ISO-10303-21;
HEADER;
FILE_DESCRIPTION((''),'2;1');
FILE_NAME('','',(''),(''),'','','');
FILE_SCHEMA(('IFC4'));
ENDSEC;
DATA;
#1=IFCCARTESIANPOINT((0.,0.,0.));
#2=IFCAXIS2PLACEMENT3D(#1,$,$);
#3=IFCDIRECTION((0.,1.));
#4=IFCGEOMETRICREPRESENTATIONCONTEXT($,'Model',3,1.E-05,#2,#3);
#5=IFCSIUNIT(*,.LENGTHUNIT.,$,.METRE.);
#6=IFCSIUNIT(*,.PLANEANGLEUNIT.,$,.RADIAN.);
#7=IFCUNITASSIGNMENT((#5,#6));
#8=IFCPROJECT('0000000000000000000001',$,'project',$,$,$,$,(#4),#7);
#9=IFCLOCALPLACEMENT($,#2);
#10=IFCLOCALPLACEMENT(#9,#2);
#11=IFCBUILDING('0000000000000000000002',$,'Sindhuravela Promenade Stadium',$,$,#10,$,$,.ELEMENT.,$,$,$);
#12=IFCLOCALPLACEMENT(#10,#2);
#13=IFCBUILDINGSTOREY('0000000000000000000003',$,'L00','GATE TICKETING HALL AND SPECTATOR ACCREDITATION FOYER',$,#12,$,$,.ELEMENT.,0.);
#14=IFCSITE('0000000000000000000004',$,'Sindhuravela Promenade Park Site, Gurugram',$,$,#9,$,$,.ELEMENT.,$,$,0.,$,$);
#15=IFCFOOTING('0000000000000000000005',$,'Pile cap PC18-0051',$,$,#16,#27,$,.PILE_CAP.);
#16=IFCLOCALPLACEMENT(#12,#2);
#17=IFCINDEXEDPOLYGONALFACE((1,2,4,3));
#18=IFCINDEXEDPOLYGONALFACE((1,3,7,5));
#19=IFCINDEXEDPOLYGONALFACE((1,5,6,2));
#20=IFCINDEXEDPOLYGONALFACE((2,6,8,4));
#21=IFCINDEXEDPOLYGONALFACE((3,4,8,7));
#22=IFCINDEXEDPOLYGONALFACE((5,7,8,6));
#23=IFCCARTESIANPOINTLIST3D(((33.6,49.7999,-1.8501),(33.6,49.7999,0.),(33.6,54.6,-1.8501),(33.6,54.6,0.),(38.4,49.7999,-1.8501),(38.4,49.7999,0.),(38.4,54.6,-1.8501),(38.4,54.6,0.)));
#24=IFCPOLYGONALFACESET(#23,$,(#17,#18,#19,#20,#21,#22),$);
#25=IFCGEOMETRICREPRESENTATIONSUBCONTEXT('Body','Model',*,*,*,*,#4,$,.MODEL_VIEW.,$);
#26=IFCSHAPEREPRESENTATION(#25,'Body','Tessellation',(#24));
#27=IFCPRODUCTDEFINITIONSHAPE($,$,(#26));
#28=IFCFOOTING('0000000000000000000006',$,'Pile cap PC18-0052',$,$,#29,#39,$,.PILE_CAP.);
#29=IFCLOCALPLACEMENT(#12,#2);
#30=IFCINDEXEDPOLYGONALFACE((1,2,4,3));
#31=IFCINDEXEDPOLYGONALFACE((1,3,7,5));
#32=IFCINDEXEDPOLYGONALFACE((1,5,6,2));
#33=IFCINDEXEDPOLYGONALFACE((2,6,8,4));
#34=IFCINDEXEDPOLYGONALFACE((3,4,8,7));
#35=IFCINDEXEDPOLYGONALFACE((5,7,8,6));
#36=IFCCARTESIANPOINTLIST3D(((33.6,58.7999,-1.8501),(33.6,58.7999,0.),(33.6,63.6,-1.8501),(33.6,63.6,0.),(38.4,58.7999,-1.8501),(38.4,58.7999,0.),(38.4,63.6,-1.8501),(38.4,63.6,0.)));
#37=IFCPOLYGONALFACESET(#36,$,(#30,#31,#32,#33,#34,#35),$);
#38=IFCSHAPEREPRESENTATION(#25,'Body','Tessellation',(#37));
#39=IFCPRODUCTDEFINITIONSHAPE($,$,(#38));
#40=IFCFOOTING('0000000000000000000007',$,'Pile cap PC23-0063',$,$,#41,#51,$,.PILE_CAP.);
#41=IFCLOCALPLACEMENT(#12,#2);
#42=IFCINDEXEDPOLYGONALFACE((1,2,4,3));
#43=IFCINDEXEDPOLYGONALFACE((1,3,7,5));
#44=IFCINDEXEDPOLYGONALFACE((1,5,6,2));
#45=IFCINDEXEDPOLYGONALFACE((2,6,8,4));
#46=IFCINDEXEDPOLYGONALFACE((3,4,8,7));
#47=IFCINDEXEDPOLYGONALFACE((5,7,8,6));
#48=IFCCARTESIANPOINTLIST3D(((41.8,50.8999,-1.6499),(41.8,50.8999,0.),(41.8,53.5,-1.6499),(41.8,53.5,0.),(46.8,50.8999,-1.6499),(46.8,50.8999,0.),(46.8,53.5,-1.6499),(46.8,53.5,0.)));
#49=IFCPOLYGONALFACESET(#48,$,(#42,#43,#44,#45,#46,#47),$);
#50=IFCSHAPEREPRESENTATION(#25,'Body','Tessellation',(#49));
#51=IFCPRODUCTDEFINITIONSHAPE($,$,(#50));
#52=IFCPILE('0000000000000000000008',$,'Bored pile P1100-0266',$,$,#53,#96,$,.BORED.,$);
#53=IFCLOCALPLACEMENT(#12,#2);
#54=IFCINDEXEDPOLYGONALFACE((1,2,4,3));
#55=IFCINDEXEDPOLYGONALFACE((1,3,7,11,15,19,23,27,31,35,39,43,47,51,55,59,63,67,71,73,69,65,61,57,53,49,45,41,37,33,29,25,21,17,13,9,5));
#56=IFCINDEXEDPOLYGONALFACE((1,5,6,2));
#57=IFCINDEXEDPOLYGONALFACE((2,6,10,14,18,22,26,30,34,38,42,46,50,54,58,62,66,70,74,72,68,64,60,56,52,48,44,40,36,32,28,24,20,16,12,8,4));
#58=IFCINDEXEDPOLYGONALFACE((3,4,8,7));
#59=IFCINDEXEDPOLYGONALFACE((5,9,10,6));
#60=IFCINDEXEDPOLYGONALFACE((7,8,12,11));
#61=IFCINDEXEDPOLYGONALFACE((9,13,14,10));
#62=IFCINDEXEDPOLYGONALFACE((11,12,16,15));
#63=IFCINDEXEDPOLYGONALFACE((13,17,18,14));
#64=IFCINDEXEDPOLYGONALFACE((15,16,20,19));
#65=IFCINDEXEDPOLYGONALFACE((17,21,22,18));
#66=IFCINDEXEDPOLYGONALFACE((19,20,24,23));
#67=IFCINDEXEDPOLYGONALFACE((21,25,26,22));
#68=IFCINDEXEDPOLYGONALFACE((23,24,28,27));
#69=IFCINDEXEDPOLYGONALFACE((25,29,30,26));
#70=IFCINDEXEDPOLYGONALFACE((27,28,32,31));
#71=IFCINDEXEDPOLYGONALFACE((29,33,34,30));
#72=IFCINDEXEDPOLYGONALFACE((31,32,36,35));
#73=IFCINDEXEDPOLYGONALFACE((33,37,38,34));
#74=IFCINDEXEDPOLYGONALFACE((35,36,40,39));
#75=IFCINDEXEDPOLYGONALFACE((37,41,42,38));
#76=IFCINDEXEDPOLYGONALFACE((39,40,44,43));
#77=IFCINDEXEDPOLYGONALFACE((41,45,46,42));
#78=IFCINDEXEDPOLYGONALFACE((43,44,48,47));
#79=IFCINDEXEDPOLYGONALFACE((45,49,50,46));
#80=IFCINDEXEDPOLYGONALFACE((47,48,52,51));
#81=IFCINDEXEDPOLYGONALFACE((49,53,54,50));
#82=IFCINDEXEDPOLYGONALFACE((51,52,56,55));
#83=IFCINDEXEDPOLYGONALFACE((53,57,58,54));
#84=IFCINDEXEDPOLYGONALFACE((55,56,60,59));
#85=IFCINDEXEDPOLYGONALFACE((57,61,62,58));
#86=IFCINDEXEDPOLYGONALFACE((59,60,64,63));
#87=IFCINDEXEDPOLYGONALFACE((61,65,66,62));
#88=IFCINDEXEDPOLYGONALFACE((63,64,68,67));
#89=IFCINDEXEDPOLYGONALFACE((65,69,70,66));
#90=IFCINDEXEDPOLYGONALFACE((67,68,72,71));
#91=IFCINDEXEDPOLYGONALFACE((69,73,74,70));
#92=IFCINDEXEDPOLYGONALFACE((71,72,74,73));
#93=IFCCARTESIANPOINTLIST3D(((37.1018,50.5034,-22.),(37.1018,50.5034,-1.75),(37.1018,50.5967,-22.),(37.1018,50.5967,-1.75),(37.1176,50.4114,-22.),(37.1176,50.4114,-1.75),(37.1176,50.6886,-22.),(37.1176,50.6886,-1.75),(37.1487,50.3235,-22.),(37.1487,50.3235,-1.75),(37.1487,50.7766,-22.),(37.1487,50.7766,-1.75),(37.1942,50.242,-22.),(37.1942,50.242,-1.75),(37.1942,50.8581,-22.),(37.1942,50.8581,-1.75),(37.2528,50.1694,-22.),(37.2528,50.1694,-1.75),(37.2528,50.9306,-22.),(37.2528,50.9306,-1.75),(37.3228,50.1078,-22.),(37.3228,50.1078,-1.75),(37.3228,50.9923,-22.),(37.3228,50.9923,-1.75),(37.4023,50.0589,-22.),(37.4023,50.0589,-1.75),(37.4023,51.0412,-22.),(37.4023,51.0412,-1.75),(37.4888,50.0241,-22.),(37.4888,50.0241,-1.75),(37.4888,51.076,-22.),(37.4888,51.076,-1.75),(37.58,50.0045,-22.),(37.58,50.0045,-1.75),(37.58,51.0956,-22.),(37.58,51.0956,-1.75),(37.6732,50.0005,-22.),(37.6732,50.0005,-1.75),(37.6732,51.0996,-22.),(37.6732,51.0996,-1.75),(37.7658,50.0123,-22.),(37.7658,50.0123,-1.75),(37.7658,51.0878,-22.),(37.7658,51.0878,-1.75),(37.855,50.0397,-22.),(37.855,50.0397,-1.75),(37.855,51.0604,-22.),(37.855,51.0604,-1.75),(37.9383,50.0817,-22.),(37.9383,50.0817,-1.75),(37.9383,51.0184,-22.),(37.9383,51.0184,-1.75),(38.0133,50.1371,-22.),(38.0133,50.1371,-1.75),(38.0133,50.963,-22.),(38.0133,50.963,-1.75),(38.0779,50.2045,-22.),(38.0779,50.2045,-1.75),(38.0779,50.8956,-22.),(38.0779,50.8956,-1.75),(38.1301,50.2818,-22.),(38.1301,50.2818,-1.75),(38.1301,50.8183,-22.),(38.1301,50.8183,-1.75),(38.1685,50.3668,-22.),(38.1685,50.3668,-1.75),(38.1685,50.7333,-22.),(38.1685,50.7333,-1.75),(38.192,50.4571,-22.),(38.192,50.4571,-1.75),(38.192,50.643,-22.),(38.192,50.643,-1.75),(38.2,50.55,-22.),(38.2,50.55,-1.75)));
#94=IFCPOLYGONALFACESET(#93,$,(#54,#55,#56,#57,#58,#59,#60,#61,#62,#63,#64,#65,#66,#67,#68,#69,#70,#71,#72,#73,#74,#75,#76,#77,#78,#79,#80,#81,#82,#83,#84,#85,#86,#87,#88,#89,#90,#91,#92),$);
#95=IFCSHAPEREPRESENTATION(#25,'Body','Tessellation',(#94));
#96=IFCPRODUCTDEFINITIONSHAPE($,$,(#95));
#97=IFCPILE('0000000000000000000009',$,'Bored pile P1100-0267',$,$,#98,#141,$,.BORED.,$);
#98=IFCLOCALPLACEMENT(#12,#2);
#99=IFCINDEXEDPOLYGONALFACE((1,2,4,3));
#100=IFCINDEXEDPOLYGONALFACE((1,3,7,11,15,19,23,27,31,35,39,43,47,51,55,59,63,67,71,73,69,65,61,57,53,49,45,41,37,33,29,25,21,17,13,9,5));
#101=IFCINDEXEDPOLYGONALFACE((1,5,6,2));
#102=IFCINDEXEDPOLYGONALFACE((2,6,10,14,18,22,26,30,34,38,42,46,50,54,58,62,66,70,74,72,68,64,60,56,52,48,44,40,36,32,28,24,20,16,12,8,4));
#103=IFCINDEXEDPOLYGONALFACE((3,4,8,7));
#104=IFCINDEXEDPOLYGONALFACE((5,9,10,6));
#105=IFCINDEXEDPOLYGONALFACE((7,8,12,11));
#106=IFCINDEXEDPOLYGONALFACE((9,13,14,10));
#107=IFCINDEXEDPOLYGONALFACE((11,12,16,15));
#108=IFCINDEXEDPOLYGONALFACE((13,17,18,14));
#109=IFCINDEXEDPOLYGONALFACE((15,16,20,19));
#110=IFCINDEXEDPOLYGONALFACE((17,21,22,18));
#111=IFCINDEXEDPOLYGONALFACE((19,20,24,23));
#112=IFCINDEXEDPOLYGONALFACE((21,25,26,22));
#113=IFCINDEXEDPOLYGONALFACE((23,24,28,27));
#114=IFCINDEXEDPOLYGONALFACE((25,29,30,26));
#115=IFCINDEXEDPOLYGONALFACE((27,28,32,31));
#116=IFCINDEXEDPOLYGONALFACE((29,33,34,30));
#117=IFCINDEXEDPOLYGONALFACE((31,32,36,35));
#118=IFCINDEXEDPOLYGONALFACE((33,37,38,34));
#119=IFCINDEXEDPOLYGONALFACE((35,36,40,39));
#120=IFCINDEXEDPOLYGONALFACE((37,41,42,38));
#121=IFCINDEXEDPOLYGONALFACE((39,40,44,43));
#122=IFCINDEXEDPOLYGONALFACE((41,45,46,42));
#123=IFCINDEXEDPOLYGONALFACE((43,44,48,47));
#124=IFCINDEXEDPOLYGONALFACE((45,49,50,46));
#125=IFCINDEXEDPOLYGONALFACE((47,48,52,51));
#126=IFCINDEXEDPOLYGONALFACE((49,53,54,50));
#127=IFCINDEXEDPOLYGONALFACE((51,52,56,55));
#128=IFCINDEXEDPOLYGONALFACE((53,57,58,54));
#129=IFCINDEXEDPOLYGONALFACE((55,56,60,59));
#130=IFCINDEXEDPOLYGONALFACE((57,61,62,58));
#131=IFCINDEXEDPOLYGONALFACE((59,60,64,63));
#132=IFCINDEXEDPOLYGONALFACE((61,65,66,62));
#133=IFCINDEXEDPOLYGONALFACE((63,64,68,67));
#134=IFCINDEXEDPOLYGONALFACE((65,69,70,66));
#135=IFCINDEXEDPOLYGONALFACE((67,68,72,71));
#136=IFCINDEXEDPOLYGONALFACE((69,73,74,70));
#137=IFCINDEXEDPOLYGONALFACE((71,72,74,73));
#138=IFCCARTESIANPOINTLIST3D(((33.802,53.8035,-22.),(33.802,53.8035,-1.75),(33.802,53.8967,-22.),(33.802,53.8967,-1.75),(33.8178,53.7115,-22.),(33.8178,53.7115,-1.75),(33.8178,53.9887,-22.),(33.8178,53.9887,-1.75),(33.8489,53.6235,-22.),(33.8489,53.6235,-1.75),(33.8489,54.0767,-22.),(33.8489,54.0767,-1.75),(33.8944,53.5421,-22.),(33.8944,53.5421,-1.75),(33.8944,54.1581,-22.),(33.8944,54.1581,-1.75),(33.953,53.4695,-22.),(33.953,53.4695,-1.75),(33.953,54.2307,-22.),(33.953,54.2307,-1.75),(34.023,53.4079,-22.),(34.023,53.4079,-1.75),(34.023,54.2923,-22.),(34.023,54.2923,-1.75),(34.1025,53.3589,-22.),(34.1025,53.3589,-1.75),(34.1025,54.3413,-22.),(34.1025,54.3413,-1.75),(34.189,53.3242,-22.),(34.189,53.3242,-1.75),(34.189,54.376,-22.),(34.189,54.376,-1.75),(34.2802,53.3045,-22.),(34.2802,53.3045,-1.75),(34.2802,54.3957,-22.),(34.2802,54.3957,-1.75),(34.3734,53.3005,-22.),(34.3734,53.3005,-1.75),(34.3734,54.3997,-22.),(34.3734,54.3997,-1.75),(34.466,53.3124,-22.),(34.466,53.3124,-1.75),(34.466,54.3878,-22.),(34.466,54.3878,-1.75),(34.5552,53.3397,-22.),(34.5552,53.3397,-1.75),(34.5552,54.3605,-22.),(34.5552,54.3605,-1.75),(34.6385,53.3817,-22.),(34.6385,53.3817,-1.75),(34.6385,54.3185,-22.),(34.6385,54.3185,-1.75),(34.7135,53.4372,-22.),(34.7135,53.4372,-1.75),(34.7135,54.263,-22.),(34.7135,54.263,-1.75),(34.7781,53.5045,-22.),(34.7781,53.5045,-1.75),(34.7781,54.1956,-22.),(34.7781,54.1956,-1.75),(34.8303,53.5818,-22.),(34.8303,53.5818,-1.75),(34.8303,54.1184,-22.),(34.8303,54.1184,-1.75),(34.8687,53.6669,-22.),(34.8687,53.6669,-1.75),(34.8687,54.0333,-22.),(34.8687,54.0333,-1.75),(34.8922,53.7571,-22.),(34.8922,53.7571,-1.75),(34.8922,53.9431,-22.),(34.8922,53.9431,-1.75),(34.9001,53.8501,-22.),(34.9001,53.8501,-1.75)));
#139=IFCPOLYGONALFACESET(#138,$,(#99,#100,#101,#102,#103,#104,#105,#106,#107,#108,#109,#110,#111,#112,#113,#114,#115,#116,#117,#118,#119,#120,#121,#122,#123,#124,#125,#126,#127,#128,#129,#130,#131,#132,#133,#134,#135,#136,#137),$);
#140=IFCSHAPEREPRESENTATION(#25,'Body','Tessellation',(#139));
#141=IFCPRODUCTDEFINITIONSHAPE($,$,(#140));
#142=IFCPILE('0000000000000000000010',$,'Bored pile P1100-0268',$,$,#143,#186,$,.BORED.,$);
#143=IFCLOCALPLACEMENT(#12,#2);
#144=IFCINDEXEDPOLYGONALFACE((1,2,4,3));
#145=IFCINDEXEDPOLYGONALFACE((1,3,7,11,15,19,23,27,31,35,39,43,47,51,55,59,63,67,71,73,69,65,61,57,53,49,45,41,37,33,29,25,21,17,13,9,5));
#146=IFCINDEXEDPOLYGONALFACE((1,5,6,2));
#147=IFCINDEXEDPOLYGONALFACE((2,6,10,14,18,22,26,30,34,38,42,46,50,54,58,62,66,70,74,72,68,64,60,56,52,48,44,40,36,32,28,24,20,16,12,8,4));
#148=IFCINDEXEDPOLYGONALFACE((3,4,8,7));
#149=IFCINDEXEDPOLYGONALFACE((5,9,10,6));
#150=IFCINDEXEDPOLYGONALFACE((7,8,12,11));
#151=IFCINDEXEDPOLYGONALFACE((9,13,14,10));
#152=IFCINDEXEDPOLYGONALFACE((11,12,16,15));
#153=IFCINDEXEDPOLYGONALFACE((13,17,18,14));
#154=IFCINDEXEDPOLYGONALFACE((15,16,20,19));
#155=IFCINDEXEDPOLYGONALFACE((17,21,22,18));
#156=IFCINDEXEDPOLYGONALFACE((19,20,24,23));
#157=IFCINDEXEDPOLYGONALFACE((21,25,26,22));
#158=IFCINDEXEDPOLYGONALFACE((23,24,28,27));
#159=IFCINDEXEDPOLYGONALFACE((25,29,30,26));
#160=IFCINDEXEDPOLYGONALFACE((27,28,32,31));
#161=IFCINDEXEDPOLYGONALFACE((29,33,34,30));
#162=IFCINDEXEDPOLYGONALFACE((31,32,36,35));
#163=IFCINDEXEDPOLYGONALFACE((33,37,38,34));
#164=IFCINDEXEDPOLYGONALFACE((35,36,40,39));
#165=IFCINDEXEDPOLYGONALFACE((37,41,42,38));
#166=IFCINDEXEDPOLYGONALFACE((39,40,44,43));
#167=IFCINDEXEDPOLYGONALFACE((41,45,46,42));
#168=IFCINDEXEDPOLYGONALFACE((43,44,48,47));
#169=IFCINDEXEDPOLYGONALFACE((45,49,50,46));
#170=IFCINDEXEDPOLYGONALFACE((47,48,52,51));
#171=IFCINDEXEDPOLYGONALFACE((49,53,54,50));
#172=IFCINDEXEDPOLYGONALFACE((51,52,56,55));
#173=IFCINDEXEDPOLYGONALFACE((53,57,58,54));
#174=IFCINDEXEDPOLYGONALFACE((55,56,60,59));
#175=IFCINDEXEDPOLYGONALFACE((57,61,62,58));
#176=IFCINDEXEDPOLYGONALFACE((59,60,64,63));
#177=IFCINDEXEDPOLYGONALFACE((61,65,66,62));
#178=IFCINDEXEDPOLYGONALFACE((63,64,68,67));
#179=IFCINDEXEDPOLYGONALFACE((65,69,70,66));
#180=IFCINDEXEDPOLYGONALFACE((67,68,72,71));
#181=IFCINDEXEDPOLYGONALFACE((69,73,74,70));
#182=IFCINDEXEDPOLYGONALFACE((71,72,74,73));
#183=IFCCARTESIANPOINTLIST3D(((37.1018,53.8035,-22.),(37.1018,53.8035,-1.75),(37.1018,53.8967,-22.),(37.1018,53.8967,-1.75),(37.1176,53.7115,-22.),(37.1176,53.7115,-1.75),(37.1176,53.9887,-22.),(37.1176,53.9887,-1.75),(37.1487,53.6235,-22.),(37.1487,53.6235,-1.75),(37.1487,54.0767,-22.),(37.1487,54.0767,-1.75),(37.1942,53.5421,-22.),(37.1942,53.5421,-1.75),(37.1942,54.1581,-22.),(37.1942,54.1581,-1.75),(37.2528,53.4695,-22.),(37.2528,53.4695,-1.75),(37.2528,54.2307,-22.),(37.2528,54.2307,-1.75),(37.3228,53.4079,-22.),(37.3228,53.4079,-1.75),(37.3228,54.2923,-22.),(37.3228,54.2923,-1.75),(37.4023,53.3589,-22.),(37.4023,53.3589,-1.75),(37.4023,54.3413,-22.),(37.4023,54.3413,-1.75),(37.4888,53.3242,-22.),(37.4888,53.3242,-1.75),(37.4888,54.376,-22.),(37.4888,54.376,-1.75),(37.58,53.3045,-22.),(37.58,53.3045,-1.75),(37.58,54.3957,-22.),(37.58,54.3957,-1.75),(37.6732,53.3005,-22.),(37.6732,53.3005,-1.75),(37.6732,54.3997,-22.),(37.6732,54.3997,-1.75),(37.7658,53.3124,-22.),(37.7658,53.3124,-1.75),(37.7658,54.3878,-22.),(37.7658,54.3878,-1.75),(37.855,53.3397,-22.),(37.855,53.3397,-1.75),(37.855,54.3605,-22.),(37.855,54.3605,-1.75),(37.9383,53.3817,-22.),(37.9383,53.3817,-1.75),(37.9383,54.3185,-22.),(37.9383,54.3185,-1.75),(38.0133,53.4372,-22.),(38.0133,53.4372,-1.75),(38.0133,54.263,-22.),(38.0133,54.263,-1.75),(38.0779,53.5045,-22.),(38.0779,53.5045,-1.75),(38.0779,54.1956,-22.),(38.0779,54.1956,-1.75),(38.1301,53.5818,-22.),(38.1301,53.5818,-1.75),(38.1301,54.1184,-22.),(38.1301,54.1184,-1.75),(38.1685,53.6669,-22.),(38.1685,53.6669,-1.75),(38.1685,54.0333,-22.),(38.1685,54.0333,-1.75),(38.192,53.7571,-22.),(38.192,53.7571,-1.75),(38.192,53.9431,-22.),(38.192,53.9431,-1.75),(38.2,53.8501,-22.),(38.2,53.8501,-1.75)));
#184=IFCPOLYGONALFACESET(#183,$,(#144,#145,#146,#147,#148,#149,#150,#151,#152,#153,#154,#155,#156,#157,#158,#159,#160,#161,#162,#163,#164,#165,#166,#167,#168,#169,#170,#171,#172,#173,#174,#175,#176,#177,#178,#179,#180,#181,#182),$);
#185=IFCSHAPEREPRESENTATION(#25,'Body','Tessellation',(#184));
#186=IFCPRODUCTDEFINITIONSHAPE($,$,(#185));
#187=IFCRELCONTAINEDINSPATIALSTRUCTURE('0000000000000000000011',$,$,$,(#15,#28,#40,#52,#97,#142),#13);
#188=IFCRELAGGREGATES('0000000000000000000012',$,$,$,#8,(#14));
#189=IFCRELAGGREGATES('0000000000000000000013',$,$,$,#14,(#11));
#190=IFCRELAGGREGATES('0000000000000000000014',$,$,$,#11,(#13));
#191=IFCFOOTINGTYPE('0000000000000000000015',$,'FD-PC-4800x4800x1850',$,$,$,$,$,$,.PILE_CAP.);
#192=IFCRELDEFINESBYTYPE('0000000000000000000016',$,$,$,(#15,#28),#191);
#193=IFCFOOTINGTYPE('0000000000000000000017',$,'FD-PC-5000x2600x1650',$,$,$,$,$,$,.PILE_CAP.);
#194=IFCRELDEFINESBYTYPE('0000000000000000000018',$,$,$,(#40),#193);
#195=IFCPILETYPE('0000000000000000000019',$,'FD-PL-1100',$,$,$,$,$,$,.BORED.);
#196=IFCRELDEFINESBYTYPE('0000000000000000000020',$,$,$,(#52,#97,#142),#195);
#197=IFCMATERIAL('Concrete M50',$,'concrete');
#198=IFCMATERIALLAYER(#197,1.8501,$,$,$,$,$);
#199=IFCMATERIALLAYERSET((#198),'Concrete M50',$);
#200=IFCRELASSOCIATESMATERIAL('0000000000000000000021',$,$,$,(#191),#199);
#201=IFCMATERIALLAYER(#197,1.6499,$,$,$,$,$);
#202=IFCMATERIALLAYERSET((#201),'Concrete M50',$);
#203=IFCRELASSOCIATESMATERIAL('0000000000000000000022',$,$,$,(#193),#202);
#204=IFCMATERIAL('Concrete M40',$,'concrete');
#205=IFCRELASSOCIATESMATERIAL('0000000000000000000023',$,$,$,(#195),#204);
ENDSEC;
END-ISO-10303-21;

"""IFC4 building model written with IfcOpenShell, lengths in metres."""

from ifc_helpers import new_model, si_unit, direction, frame, origin, origin_2d, place, context, subcontext, project, spatial, rectangle, circle, extrude, material, layer, layer_set, material_profile, profile_set, type_object, element, save


model = new_model("IFC4")

# Units and contexts
model_context = context("Model", 3, precision=1e-05, world=origin(), true_north=direction((0.0, 1.0)))
body_context = subcontext(model_context, "Body", "Model", "MODEL_VIEW")
ifc_project = project(units=[si_unit("LENGTHUNIT", "METRE"), si_unit("PLANEANGLEUNIT", "RADIAN")], contexts=[model_context])

# Site, building, storey
site_placement = place(None, origin())
site = spatial("IfcSite", under=ifc_project, at=site_placement, Name="Sindhuravela Promenade Park Site, Gurugram", CompositionType="ELEMENT", RefElevation=0.0)
building_placement = place(site_placement, origin())
building = spatial("IfcBuilding", under=site, at=building_placement, Name="Sindhuravela Promenade Stadium", CompositionType="ELEMENT")
storey_placement = place(building_placement, origin())
storey = spatial("IfcBuildingStorey", under=building, at=storey_placement, Name="L00", Description="GATE TICKETING HALL AND SPECTATOR ACCREDITATION FOYER", CompositionType="ELEMENT", Elevation=0.0)

# Footings
ifc_material_1 = material(Name="Concrete M50", Category="concrete")
ifc_layer_1 = layer(ifc_material_1, 1.8501)
ifc_layer_set_1 = layer_set([ifc_layer_1], Name="Concrete M50")
footing_type_1 = type_object("IfcFootingType", Name="FD-PC-4800x4800x1850", PredefinedType="PILE_CAP", material=ifc_layer_set_1)
for number, where, z_axis, x_axis, name in (
    (1, (36.0, 52.2, -1.8501), (0.0, 0.0, 1.0), (1.0, 0.0, 0.0), "Pile cap PC18-0051"),
    (2, (36.0, 61.2, -1.8501), (0.0, 0.0, 1.0), (1.0, 0.0, 0.0), "Pile cap PC18-0052"),
):
    element("IfcFooting", number, at=place(storey_placement, frame(where, z_axis=z_axis, x_axis=x_axis)), inside=storey, type_object=footing_type_1, Name=name, PredefinedType="PILE_CAP", context=body_context, shape_type="SweptSolid", body=[
        extrude(rectangle(XDim=4.8, YDim=4.8, at=origin_2d()), origin(), (0.0, 0.0, 1.0), 1.8501),
    ])
ifc_layer_2 = layer(ifc_material_1, 1.6499)
ifc_layer_set_2 = layer_set([ifc_layer_2], Name="Concrete M50")
footing_type_2 = type_object("IfcFootingType", Name="FD-PC-5000x2600x1650", PredefinedType="PILE_CAP", material=ifc_layer_set_2)
footing_placement = place(storey_placement, frame((44.3, 52.2, -1.6499), z_axis=(0.0, 0.0, 1.0), x_axis=(1.0, 0.0, 0.0)))
element("IfcFooting", 3, at=footing_placement, inside=storey, type_object=footing_type_2, Name="Pile cap PC23-0063", PredefinedType="PILE_CAP", context=body_context, shape_type="SweptSolid", body=[
    extrude(rectangle(XDim=5.0, YDim=2.6001, at=origin_2d()), origin(), (0.0, 0.0, 1.0), 1.6499),
])

# Piles
ifc_material_2 = material(Name="Concrete M40", Category="concrete")
ifc_material_profile_1 = material_profile(ifc_material_2, circle(Radius=0.55, at=origin_2d()), Name="BORED PILE D1100")
ifc_profile_set_1 = profile_set([ifc_material_profile_1], Name="Concrete M40")
pile_type = type_object("IfcPileType", Name="FD-PL-1100", PredefinedType="BORED", material=ifc_profile_set_1)
for number, where, z_axis, x_axis, name in (
    (4, (37.6499, 50.55, -1.75), (0.0, 0.0, -1.0), (1.0, 0.0, 0.0), "Bored pile P1100-0266"),
    (5, (34.3501, 53.8501, -1.75), (0.0, 0.0, -1.0), (1.0, 0.0, 0.0), "Bored pile P1100-0267"),
    (6, (37.6499, 53.8501, -1.75), (0.0, 0.0, -1.0), (1.0, 0.0, 0.0), "Bored pile P1100-0268"),
):
    element("IfcPile", number, at=place(storey_placement, frame(where, z_axis=z_axis, x_axis=x_axis)), inside=storey, type_object=pile_type, Name=name, PredefinedType="BORED", context=body_context, shape_type="SweptSolid", body=[
        extrude(circle(Radius=0.55, at=origin_2d()), origin(), (0.0, 0.0, 1.0), 20.25),
    ])

save(model, "model.ifc")
